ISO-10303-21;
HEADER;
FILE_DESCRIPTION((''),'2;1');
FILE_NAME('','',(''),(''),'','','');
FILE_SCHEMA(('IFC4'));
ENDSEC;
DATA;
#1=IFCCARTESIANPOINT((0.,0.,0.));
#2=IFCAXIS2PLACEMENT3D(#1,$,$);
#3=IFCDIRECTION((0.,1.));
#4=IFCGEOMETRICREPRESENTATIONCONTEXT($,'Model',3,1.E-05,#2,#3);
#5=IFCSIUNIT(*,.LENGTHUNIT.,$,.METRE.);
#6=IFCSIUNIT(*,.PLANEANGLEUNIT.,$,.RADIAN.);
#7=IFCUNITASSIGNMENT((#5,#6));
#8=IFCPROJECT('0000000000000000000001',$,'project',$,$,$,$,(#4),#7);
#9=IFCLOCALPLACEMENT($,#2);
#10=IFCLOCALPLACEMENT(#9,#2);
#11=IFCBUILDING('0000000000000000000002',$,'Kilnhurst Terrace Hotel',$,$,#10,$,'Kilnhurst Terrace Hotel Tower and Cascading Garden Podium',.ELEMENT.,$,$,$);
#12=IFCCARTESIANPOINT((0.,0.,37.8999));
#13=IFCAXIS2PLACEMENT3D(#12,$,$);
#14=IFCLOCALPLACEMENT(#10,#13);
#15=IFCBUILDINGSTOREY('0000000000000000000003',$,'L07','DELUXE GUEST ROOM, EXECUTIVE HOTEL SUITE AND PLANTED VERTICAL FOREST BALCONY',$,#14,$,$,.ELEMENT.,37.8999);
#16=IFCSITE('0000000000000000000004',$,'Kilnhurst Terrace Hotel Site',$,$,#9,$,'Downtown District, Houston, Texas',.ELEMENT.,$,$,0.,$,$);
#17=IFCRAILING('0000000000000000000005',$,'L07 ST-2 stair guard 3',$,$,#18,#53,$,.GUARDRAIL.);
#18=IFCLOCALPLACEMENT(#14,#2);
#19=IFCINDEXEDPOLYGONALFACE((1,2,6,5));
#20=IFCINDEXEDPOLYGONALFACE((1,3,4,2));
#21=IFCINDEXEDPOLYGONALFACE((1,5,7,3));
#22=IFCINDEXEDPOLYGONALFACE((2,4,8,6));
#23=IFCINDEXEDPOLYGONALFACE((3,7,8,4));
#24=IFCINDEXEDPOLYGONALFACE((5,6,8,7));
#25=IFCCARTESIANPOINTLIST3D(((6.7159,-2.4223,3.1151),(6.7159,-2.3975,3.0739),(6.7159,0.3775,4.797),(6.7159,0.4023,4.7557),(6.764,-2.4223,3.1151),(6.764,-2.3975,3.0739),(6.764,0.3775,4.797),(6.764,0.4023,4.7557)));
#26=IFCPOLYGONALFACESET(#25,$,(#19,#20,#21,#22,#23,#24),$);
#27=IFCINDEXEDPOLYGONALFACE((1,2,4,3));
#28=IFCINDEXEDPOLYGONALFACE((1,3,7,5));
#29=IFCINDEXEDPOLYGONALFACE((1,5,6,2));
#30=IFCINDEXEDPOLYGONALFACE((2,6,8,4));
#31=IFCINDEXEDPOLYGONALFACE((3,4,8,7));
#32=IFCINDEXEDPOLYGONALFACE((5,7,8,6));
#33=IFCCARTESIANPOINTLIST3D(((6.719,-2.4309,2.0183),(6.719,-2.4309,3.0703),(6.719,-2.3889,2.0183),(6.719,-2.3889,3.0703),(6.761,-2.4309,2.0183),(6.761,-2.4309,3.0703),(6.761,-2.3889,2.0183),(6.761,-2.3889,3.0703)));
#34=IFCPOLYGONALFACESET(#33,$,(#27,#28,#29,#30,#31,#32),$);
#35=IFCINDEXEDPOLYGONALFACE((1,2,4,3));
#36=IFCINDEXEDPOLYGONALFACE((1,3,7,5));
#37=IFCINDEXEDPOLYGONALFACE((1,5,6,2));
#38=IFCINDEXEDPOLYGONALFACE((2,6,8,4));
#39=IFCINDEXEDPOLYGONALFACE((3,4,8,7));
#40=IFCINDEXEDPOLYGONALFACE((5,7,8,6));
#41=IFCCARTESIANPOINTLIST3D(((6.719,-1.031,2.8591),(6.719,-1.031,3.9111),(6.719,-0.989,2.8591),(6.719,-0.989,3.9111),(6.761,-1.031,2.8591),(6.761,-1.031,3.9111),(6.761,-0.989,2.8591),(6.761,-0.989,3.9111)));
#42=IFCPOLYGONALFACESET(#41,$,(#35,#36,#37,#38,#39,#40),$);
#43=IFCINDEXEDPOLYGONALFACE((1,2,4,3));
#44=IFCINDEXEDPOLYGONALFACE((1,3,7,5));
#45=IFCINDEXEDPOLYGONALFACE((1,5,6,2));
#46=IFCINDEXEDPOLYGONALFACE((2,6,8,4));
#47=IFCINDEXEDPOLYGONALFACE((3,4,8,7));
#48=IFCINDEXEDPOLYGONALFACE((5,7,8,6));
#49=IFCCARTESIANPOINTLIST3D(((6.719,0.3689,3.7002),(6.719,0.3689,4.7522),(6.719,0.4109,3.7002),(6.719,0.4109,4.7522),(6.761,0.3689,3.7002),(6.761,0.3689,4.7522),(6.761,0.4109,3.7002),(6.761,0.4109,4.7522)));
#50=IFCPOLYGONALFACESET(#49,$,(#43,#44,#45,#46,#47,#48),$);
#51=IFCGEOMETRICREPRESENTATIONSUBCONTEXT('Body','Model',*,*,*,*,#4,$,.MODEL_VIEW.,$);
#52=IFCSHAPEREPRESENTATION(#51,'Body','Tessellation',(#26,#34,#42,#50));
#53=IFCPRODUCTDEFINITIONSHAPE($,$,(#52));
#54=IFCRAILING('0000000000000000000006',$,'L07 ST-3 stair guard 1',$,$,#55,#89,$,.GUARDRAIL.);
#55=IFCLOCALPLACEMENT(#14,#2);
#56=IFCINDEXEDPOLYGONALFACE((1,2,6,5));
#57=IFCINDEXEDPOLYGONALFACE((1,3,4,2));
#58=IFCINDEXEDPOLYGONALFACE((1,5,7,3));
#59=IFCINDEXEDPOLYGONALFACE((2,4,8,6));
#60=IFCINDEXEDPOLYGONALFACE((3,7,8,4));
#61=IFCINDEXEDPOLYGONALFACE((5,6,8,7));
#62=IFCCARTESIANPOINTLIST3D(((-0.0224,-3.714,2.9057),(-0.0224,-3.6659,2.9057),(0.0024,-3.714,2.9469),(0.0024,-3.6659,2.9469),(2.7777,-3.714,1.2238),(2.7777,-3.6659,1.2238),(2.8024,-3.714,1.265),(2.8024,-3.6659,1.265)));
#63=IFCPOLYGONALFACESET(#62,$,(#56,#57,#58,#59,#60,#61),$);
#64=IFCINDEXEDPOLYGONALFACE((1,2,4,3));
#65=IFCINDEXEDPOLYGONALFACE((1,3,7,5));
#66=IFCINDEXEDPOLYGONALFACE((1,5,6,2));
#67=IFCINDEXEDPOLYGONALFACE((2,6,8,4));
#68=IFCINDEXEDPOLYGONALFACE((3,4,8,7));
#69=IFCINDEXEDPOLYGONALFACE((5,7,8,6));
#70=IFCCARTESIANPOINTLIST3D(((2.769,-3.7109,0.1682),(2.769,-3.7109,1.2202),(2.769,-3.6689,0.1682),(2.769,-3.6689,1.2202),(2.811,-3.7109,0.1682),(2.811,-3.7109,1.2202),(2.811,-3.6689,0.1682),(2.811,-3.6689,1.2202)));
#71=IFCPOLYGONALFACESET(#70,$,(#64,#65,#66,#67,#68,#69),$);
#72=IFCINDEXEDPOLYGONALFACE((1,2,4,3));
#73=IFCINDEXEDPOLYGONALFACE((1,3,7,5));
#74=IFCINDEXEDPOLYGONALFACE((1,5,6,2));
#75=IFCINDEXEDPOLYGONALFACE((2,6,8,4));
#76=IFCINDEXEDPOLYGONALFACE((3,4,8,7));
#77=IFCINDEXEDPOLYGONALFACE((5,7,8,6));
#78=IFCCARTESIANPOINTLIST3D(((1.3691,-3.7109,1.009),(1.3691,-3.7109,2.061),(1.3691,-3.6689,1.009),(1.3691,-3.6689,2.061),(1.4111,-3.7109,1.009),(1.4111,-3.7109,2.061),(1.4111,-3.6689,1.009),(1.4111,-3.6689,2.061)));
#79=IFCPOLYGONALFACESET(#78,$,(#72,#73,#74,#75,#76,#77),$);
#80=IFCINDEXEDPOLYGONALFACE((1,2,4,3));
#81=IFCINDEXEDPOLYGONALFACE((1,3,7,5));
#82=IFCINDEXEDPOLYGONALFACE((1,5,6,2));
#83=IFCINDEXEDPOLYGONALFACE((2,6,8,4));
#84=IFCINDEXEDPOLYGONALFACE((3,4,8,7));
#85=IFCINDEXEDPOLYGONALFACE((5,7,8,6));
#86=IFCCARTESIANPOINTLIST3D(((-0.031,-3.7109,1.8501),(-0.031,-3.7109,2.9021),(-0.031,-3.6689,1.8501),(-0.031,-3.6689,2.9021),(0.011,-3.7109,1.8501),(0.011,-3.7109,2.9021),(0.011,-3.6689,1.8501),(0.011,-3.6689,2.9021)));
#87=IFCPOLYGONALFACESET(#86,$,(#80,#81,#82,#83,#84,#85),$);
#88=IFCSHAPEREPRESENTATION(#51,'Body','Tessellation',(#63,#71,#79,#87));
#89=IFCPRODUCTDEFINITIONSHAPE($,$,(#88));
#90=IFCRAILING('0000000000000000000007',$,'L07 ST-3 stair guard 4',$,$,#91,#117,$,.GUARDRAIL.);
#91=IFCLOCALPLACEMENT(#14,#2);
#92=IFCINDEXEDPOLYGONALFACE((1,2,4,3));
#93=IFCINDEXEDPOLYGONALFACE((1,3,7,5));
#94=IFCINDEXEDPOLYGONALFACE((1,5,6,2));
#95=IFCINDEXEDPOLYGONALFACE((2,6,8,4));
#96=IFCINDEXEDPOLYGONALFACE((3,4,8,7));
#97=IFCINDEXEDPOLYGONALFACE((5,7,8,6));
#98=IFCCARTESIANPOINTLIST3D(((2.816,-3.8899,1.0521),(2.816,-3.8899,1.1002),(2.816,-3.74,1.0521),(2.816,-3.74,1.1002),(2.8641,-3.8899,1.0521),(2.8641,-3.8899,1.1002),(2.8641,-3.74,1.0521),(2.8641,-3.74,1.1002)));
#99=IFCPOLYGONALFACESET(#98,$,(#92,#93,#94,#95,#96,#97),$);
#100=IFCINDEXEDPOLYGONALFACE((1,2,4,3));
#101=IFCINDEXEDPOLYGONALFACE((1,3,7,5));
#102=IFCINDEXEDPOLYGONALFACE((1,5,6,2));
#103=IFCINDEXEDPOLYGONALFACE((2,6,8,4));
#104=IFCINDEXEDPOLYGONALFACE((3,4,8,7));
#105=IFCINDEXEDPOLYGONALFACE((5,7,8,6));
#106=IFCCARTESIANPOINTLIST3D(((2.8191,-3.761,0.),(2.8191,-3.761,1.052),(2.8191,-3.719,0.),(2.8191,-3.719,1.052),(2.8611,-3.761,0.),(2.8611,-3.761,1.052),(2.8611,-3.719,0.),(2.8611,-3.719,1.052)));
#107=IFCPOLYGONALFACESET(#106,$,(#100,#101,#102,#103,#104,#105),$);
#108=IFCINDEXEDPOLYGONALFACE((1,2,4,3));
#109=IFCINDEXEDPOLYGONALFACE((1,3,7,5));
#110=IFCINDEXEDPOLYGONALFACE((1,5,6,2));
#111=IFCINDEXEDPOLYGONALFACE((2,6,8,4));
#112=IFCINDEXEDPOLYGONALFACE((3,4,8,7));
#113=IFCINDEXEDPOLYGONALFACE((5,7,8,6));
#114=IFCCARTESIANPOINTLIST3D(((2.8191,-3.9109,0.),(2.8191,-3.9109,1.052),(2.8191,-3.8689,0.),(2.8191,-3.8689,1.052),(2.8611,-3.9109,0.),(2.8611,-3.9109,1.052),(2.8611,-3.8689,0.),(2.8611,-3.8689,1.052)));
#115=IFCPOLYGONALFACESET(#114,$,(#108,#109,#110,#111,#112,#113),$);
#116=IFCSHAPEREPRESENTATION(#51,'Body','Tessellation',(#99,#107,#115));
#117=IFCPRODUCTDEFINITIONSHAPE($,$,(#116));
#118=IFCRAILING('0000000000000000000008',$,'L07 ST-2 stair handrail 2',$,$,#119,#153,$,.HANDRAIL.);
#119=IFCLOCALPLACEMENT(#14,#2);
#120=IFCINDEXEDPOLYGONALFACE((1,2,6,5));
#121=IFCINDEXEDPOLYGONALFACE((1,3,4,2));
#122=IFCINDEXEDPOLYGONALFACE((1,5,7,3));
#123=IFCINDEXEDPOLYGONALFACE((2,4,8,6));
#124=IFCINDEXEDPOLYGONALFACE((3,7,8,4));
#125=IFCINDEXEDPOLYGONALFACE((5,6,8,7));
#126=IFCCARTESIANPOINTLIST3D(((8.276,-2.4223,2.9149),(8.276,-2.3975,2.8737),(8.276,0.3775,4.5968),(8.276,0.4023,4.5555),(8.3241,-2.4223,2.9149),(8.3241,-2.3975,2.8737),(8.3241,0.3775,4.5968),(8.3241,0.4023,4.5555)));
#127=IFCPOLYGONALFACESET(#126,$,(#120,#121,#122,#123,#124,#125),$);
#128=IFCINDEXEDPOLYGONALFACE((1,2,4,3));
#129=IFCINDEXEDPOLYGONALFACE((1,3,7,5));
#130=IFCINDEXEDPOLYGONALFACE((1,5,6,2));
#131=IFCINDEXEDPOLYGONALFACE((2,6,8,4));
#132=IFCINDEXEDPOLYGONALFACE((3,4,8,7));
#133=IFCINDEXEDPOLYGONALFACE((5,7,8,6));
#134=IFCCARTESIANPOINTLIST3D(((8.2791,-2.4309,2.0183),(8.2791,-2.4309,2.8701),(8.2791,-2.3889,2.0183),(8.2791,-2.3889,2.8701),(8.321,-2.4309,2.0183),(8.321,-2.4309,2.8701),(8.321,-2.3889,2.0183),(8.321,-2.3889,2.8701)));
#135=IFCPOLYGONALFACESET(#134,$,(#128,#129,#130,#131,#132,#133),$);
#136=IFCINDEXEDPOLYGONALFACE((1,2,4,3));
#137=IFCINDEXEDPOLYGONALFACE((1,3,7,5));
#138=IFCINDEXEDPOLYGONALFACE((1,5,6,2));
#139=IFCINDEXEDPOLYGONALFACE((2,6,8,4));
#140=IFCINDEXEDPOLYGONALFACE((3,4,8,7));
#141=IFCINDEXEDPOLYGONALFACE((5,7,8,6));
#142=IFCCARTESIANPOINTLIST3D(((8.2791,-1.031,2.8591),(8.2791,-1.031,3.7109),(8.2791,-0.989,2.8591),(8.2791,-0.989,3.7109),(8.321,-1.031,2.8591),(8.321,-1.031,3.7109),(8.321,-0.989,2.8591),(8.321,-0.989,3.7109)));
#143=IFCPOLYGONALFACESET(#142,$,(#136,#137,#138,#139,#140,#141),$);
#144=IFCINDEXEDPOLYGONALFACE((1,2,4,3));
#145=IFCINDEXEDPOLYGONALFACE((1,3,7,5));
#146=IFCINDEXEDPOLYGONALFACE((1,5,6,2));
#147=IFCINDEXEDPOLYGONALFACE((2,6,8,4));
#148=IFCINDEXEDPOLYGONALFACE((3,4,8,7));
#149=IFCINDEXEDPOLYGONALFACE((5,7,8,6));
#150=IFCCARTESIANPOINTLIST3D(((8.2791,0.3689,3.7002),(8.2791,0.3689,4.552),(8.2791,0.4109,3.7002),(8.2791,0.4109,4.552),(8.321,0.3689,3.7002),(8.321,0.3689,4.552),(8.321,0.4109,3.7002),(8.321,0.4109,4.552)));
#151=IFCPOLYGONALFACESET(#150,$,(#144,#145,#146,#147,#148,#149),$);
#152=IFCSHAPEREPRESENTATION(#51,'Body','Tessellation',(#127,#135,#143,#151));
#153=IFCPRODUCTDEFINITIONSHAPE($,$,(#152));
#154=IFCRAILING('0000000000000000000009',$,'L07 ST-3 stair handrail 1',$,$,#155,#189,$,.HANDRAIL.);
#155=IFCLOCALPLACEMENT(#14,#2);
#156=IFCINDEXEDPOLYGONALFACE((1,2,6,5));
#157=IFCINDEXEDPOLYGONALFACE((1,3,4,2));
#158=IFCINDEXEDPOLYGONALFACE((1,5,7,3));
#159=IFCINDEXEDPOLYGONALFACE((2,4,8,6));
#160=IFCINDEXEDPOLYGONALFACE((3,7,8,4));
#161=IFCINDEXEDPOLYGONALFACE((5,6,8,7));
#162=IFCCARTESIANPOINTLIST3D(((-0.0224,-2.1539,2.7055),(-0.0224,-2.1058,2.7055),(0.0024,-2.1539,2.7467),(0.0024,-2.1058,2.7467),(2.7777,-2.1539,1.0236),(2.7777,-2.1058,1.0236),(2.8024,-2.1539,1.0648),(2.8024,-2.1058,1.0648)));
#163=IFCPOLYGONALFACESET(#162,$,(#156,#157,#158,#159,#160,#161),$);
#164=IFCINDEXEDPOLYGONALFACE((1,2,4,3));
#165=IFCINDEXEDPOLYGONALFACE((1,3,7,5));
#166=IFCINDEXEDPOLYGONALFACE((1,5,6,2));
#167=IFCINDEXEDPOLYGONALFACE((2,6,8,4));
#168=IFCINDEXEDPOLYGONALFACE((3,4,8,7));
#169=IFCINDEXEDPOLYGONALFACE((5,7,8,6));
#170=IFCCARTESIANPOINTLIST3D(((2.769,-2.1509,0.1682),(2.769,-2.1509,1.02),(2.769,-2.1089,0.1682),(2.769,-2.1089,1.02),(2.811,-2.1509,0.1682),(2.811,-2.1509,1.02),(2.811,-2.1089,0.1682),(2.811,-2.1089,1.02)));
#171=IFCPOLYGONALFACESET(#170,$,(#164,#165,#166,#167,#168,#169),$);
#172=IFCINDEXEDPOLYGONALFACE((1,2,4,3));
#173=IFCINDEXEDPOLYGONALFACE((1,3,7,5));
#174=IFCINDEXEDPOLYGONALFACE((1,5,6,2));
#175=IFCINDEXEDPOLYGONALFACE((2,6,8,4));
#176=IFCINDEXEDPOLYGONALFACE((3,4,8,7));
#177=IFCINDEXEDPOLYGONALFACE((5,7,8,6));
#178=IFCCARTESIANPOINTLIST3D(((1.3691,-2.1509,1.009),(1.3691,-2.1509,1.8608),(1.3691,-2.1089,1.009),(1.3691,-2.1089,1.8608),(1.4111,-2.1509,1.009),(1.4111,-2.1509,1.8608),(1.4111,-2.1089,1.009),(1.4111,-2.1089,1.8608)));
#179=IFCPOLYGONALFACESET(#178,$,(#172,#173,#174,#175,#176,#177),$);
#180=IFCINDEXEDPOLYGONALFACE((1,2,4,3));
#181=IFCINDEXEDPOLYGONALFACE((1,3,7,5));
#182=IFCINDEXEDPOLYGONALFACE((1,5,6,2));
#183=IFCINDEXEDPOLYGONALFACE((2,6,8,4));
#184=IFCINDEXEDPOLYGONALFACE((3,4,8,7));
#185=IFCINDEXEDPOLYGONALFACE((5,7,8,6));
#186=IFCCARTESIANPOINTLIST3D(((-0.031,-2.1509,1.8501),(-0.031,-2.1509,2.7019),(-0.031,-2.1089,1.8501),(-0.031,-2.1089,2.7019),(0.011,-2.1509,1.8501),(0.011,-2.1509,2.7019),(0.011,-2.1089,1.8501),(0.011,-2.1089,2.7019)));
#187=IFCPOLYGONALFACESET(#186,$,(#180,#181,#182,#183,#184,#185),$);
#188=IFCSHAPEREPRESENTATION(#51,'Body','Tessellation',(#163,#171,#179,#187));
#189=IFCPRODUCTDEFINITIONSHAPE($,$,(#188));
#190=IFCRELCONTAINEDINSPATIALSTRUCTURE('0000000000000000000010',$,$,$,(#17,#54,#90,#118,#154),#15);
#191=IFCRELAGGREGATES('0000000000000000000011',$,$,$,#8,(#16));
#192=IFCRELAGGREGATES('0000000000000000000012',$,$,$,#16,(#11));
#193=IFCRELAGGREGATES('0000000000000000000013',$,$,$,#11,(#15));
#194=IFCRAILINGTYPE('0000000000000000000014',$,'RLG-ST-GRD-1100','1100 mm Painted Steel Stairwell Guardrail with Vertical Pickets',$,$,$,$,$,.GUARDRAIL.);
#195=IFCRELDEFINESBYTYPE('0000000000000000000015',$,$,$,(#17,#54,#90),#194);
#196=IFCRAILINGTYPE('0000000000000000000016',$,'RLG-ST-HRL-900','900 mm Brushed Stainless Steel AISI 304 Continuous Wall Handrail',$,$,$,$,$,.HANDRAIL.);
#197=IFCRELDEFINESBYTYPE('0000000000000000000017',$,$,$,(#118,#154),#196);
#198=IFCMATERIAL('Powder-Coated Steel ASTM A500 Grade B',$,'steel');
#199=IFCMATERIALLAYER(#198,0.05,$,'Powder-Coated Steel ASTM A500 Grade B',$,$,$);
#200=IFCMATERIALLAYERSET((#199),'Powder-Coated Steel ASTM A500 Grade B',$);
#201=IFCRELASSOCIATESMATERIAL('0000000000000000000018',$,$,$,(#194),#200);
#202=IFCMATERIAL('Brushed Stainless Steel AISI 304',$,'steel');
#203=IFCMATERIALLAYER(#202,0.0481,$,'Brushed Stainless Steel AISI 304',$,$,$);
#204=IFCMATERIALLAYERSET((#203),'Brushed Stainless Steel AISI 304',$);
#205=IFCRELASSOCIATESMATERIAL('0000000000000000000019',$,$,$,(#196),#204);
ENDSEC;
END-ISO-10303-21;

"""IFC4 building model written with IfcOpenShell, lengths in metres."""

from ifc_helpers import new_model, si_unit, direction, frame, origin, origin_2d, place, context, subcontext, project, spatial, rectangle, extrude, material, layer, layer_set, type_object, element, save


model = new_model("IFC4")

# Units and contexts
model_context = context("Model", 3, precision=1e-05, world=origin(), true_north=direction((0.0, 1.0)))
body_context = subcontext(model_context, "Body", "Model", "MODEL_VIEW")
ifc_project = project(units=[si_unit("LENGTHUNIT", "METRE"), si_unit("PLANEANGLEUNIT", "RADIAN")], contexts=[model_context])

# Site, building, storey
site_placement = place(None, origin())
site = spatial("IfcSite", under=ifc_project, at=site_placement, Name="Kilnhurst Terrace Hotel Site", LongName="Downtown District, Houston, Texas", CompositionType="ELEMENT", RefElevation=0.0)
building_placement = place(site_placement, origin())
building = spatial("IfcBuilding", under=site, at=building_placement, Name="Kilnhurst Terrace Hotel", LongName="Kilnhurst Terrace Hotel Tower and Cascading Garden Podium", CompositionType="ELEMENT")
storey_placement = place(building_placement, frame((0.0, 0.0, 37.8999)))
storey = spatial("IfcBuildingStorey", under=building, at=storey_placement, Name="L07", Description="DELUXE GUEST ROOM, EXECUTIVE HOTEL SUITE AND PLANTED VERTICAL FOREST BALCONY", CompositionType="ELEMENT", Elevation=37.8999)

# Railings
ifc_material_1 = material(Name="Powder-Coated Steel ASTM A500 Grade B", Category="steel")
ifc_layer_1 = layer(ifc_material_1, 0.05, Name="Powder-Coated Steel ASTM A500 Grade B")
ifc_layer_set_1 = layer_set([ifc_layer_1], Name="Powder-Coated Steel ASTM A500 Grade B")
railing_type_1 = type_object("IfcRailingType", Name="RLG-ST-GRD-1100", Description="1100 mm Painted Steel Stairwell Guardrail with Vertical Pickets", PredefinedType="GUARDRAIL", material=ifc_layer_set_1)
railing_1_placement = place(storey_placement, frame((6.74, -2.4099, 2.0183)))
element("IfcRailing", 1, at=railing_1_placement, inside=storey, type_object=railing_type_1, Name="L07 ST-2 stair guard 3", PredefinedType="GUARDRAIL", context=body_context, shape_type="SweptSolid", body=[
    extrude(rectangle(XDim=0.0481, YDim=0.0481, at=origin_2d()), frame((0.0, 0.0, 1.0762), z_axis=(0.0, 0.857222, 0.514946), x_axis=(-1.0, 0.0, 0.0)), (0.0, 0.0, 1.0), 3.2661),
    extrude(rectangle(XDim=0.042, YDim=0.042, at=origin_2d()), origin(), (0.0, 0.0, 1.0), 1.052),
    extrude(rectangle(XDim=0.042, YDim=0.042, at=origin_2d()), frame((0.0, 1.3999, 0.8408)), (0.0, 0.0, 1.0), 1.052),
    extrude(rectangle(XDim=0.042, YDim=0.042, at=origin_2d()), frame((0.0, 2.7998, 1.6819)), (0.0, 0.0, 1.0), 1.052),
])
railing_2_placement = place(storey_placement, frame((2.79, -3.6899, 0.1682)))
element("IfcRailing", 2, at=railing_2_placement, inside=storey, type_object=railing_type_1, Name="L07 ST-3 stair guard 1", PredefinedType="GUARDRAIL", context=body_context, shape_type="SweptSolid", body=[
    extrude(rectangle(XDim=0.0481, YDim=0.0481, at=origin_2d()), frame((0.0, 0.0, 1.0762), z_axis=(-0.857242, 0.0, 0.514913), x_axis=(0.0, -1.0, 0.0)), (0.0, 0.0, 1.0), 3.2664),
    extrude(rectangle(XDim=0.042, YDim=0.042, at=origin_2d()), origin(), (0.0, 0.0, 1.0), 1.052),
    extrude(rectangle(XDim=0.042, YDim=0.042, at=origin_2d()), frame((-1.3999, 0.0, 0.8408)), (0.0, 0.0, 1.0), 1.052),
    extrude(rectangle(XDim=0.042, YDim=0.042, at=origin_2d()), frame((-2.8, 0.0, 1.6819)), (0.0, 0.0, 1.0), 1.052),
])
railing_3_placement = place(storey_placement, frame((2.8401, -3.74, 0.0)))
element("IfcRailing", 3, at=railing_3_placement, inside=storey, type_object=railing_type_1, Name="L07 ST-3 stair guard 4", PredefinedType="GUARDRAIL", context=body_context, shape_type="SweptSolid", body=[
    extrude(rectangle(XDim=0.0481, YDim=0.0481, at=origin_2d()), frame((0.0, 0.0, 1.0762), z_axis=(0.0, -1.0, 0.0), x_axis=(1.0, 0.0, 0.0)), (0.0, 0.0, 1.0), 0.1499),
    extrude(rectangle(XDim=0.042, YDim=0.042, at=origin_2d()), origin(), (0.0, 0.0, 1.0), 1.052),
    extrude(rectangle(XDim=0.042, YDim=0.042, at=origin_2d()), frame((0.0, -0.1499, 0.0)), (0.0, 0.0, 1.0), 1.052),
])
ifc_material_2 = material(Name="Brushed Stainless Steel AISI 304", Category="steel")
ifc_layer_2 = layer(ifc_material_2, 0.0481, Name="Brushed Stainless Steel AISI 304")
ifc_layer_set_2 = layer_set([ifc_layer_2], Name="Brushed Stainless Steel AISI 304")
railing_type_2 = type_object("IfcRailingType", Name="RLG-ST-HRL-900", Description="900 mm Brushed Stainless Steel AISI 304 Continuous Wall Handrail", PredefinedType="HANDRAIL", material=ifc_layer_set_2)
railing_4_placement = place(storey_placement, frame((8.3, -2.4099, 2.0183)))
element("IfcRailing", 4, at=railing_4_placement, inside=storey, type_object=railing_type_2, Name="L07 ST-2 stair handrail 2", PredefinedType="HANDRAIL", context=body_context, shape_type="SweptSolid", body=[
    extrude(rectangle(XDim=0.0481, YDim=0.0481, at=origin_2d()), frame((0.0, 0.0, 0.876), z_axis=(0.0, 0.857222, 0.514946), x_axis=(-1.0, 0.0, 0.0)), (0.0, 0.0, 1.0), 3.2661),
    extrude(rectangle(XDim=0.042, YDim=0.042, at=origin_2d()), origin(), (0.0, 0.0, 1.0), 0.8518),
    extrude(rectangle(XDim=0.042, YDim=0.042, at=origin_2d()), frame((0.0, 1.3999, 0.8408)), (0.0, 0.0, 1.0), 0.8518),
    extrude(rectangle(XDim=0.042, YDim=0.042, at=origin_2d()), frame((0.0, 2.7998, 1.6819)), (0.0, 0.0, 1.0), 0.8518),
])
railing_5_placement = place(storey_placement, frame((2.79, -2.1299, 0.1682)))
element("IfcRailing", 5, at=railing_5_placement, inside=storey, type_object=railing_type_2, Name="L07 ST-3 stair handrail 1", PredefinedType="HANDRAIL", context=body_context, shape_type="SweptSolid", body=[
    extrude(rectangle(XDim=0.0481, YDim=0.0481, at=origin_2d()), frame((0.0, 0.0, 0.876), z_axis=(-0.857242, 0.0, 0.514913), x_axis=(0.0, -1.0, 0.0)), (0.0, 0.0, 1.0), 3.2664),
    extrude(rectangle(XDim=0.042, YDim=0.042, at=origin_2d()), origin(), (0.0, 0.0, 1.0), 0.8518),
    extrude(rectangle(XDim=0.042, YDim=0.042, at=origin_2d()), frame((-1.3999, 0.0, 0.8408)), (0.0, 0.0, 1.0), 0.8518),
    extrude(rectangle(XDim=0.042, YDim=0.042, at=origin_2d()), frame((-2.8, 0.0, 1.6819)), (0.0, 0.0, 1.0), 0.8518),
])

save(model, "model.ifc")
